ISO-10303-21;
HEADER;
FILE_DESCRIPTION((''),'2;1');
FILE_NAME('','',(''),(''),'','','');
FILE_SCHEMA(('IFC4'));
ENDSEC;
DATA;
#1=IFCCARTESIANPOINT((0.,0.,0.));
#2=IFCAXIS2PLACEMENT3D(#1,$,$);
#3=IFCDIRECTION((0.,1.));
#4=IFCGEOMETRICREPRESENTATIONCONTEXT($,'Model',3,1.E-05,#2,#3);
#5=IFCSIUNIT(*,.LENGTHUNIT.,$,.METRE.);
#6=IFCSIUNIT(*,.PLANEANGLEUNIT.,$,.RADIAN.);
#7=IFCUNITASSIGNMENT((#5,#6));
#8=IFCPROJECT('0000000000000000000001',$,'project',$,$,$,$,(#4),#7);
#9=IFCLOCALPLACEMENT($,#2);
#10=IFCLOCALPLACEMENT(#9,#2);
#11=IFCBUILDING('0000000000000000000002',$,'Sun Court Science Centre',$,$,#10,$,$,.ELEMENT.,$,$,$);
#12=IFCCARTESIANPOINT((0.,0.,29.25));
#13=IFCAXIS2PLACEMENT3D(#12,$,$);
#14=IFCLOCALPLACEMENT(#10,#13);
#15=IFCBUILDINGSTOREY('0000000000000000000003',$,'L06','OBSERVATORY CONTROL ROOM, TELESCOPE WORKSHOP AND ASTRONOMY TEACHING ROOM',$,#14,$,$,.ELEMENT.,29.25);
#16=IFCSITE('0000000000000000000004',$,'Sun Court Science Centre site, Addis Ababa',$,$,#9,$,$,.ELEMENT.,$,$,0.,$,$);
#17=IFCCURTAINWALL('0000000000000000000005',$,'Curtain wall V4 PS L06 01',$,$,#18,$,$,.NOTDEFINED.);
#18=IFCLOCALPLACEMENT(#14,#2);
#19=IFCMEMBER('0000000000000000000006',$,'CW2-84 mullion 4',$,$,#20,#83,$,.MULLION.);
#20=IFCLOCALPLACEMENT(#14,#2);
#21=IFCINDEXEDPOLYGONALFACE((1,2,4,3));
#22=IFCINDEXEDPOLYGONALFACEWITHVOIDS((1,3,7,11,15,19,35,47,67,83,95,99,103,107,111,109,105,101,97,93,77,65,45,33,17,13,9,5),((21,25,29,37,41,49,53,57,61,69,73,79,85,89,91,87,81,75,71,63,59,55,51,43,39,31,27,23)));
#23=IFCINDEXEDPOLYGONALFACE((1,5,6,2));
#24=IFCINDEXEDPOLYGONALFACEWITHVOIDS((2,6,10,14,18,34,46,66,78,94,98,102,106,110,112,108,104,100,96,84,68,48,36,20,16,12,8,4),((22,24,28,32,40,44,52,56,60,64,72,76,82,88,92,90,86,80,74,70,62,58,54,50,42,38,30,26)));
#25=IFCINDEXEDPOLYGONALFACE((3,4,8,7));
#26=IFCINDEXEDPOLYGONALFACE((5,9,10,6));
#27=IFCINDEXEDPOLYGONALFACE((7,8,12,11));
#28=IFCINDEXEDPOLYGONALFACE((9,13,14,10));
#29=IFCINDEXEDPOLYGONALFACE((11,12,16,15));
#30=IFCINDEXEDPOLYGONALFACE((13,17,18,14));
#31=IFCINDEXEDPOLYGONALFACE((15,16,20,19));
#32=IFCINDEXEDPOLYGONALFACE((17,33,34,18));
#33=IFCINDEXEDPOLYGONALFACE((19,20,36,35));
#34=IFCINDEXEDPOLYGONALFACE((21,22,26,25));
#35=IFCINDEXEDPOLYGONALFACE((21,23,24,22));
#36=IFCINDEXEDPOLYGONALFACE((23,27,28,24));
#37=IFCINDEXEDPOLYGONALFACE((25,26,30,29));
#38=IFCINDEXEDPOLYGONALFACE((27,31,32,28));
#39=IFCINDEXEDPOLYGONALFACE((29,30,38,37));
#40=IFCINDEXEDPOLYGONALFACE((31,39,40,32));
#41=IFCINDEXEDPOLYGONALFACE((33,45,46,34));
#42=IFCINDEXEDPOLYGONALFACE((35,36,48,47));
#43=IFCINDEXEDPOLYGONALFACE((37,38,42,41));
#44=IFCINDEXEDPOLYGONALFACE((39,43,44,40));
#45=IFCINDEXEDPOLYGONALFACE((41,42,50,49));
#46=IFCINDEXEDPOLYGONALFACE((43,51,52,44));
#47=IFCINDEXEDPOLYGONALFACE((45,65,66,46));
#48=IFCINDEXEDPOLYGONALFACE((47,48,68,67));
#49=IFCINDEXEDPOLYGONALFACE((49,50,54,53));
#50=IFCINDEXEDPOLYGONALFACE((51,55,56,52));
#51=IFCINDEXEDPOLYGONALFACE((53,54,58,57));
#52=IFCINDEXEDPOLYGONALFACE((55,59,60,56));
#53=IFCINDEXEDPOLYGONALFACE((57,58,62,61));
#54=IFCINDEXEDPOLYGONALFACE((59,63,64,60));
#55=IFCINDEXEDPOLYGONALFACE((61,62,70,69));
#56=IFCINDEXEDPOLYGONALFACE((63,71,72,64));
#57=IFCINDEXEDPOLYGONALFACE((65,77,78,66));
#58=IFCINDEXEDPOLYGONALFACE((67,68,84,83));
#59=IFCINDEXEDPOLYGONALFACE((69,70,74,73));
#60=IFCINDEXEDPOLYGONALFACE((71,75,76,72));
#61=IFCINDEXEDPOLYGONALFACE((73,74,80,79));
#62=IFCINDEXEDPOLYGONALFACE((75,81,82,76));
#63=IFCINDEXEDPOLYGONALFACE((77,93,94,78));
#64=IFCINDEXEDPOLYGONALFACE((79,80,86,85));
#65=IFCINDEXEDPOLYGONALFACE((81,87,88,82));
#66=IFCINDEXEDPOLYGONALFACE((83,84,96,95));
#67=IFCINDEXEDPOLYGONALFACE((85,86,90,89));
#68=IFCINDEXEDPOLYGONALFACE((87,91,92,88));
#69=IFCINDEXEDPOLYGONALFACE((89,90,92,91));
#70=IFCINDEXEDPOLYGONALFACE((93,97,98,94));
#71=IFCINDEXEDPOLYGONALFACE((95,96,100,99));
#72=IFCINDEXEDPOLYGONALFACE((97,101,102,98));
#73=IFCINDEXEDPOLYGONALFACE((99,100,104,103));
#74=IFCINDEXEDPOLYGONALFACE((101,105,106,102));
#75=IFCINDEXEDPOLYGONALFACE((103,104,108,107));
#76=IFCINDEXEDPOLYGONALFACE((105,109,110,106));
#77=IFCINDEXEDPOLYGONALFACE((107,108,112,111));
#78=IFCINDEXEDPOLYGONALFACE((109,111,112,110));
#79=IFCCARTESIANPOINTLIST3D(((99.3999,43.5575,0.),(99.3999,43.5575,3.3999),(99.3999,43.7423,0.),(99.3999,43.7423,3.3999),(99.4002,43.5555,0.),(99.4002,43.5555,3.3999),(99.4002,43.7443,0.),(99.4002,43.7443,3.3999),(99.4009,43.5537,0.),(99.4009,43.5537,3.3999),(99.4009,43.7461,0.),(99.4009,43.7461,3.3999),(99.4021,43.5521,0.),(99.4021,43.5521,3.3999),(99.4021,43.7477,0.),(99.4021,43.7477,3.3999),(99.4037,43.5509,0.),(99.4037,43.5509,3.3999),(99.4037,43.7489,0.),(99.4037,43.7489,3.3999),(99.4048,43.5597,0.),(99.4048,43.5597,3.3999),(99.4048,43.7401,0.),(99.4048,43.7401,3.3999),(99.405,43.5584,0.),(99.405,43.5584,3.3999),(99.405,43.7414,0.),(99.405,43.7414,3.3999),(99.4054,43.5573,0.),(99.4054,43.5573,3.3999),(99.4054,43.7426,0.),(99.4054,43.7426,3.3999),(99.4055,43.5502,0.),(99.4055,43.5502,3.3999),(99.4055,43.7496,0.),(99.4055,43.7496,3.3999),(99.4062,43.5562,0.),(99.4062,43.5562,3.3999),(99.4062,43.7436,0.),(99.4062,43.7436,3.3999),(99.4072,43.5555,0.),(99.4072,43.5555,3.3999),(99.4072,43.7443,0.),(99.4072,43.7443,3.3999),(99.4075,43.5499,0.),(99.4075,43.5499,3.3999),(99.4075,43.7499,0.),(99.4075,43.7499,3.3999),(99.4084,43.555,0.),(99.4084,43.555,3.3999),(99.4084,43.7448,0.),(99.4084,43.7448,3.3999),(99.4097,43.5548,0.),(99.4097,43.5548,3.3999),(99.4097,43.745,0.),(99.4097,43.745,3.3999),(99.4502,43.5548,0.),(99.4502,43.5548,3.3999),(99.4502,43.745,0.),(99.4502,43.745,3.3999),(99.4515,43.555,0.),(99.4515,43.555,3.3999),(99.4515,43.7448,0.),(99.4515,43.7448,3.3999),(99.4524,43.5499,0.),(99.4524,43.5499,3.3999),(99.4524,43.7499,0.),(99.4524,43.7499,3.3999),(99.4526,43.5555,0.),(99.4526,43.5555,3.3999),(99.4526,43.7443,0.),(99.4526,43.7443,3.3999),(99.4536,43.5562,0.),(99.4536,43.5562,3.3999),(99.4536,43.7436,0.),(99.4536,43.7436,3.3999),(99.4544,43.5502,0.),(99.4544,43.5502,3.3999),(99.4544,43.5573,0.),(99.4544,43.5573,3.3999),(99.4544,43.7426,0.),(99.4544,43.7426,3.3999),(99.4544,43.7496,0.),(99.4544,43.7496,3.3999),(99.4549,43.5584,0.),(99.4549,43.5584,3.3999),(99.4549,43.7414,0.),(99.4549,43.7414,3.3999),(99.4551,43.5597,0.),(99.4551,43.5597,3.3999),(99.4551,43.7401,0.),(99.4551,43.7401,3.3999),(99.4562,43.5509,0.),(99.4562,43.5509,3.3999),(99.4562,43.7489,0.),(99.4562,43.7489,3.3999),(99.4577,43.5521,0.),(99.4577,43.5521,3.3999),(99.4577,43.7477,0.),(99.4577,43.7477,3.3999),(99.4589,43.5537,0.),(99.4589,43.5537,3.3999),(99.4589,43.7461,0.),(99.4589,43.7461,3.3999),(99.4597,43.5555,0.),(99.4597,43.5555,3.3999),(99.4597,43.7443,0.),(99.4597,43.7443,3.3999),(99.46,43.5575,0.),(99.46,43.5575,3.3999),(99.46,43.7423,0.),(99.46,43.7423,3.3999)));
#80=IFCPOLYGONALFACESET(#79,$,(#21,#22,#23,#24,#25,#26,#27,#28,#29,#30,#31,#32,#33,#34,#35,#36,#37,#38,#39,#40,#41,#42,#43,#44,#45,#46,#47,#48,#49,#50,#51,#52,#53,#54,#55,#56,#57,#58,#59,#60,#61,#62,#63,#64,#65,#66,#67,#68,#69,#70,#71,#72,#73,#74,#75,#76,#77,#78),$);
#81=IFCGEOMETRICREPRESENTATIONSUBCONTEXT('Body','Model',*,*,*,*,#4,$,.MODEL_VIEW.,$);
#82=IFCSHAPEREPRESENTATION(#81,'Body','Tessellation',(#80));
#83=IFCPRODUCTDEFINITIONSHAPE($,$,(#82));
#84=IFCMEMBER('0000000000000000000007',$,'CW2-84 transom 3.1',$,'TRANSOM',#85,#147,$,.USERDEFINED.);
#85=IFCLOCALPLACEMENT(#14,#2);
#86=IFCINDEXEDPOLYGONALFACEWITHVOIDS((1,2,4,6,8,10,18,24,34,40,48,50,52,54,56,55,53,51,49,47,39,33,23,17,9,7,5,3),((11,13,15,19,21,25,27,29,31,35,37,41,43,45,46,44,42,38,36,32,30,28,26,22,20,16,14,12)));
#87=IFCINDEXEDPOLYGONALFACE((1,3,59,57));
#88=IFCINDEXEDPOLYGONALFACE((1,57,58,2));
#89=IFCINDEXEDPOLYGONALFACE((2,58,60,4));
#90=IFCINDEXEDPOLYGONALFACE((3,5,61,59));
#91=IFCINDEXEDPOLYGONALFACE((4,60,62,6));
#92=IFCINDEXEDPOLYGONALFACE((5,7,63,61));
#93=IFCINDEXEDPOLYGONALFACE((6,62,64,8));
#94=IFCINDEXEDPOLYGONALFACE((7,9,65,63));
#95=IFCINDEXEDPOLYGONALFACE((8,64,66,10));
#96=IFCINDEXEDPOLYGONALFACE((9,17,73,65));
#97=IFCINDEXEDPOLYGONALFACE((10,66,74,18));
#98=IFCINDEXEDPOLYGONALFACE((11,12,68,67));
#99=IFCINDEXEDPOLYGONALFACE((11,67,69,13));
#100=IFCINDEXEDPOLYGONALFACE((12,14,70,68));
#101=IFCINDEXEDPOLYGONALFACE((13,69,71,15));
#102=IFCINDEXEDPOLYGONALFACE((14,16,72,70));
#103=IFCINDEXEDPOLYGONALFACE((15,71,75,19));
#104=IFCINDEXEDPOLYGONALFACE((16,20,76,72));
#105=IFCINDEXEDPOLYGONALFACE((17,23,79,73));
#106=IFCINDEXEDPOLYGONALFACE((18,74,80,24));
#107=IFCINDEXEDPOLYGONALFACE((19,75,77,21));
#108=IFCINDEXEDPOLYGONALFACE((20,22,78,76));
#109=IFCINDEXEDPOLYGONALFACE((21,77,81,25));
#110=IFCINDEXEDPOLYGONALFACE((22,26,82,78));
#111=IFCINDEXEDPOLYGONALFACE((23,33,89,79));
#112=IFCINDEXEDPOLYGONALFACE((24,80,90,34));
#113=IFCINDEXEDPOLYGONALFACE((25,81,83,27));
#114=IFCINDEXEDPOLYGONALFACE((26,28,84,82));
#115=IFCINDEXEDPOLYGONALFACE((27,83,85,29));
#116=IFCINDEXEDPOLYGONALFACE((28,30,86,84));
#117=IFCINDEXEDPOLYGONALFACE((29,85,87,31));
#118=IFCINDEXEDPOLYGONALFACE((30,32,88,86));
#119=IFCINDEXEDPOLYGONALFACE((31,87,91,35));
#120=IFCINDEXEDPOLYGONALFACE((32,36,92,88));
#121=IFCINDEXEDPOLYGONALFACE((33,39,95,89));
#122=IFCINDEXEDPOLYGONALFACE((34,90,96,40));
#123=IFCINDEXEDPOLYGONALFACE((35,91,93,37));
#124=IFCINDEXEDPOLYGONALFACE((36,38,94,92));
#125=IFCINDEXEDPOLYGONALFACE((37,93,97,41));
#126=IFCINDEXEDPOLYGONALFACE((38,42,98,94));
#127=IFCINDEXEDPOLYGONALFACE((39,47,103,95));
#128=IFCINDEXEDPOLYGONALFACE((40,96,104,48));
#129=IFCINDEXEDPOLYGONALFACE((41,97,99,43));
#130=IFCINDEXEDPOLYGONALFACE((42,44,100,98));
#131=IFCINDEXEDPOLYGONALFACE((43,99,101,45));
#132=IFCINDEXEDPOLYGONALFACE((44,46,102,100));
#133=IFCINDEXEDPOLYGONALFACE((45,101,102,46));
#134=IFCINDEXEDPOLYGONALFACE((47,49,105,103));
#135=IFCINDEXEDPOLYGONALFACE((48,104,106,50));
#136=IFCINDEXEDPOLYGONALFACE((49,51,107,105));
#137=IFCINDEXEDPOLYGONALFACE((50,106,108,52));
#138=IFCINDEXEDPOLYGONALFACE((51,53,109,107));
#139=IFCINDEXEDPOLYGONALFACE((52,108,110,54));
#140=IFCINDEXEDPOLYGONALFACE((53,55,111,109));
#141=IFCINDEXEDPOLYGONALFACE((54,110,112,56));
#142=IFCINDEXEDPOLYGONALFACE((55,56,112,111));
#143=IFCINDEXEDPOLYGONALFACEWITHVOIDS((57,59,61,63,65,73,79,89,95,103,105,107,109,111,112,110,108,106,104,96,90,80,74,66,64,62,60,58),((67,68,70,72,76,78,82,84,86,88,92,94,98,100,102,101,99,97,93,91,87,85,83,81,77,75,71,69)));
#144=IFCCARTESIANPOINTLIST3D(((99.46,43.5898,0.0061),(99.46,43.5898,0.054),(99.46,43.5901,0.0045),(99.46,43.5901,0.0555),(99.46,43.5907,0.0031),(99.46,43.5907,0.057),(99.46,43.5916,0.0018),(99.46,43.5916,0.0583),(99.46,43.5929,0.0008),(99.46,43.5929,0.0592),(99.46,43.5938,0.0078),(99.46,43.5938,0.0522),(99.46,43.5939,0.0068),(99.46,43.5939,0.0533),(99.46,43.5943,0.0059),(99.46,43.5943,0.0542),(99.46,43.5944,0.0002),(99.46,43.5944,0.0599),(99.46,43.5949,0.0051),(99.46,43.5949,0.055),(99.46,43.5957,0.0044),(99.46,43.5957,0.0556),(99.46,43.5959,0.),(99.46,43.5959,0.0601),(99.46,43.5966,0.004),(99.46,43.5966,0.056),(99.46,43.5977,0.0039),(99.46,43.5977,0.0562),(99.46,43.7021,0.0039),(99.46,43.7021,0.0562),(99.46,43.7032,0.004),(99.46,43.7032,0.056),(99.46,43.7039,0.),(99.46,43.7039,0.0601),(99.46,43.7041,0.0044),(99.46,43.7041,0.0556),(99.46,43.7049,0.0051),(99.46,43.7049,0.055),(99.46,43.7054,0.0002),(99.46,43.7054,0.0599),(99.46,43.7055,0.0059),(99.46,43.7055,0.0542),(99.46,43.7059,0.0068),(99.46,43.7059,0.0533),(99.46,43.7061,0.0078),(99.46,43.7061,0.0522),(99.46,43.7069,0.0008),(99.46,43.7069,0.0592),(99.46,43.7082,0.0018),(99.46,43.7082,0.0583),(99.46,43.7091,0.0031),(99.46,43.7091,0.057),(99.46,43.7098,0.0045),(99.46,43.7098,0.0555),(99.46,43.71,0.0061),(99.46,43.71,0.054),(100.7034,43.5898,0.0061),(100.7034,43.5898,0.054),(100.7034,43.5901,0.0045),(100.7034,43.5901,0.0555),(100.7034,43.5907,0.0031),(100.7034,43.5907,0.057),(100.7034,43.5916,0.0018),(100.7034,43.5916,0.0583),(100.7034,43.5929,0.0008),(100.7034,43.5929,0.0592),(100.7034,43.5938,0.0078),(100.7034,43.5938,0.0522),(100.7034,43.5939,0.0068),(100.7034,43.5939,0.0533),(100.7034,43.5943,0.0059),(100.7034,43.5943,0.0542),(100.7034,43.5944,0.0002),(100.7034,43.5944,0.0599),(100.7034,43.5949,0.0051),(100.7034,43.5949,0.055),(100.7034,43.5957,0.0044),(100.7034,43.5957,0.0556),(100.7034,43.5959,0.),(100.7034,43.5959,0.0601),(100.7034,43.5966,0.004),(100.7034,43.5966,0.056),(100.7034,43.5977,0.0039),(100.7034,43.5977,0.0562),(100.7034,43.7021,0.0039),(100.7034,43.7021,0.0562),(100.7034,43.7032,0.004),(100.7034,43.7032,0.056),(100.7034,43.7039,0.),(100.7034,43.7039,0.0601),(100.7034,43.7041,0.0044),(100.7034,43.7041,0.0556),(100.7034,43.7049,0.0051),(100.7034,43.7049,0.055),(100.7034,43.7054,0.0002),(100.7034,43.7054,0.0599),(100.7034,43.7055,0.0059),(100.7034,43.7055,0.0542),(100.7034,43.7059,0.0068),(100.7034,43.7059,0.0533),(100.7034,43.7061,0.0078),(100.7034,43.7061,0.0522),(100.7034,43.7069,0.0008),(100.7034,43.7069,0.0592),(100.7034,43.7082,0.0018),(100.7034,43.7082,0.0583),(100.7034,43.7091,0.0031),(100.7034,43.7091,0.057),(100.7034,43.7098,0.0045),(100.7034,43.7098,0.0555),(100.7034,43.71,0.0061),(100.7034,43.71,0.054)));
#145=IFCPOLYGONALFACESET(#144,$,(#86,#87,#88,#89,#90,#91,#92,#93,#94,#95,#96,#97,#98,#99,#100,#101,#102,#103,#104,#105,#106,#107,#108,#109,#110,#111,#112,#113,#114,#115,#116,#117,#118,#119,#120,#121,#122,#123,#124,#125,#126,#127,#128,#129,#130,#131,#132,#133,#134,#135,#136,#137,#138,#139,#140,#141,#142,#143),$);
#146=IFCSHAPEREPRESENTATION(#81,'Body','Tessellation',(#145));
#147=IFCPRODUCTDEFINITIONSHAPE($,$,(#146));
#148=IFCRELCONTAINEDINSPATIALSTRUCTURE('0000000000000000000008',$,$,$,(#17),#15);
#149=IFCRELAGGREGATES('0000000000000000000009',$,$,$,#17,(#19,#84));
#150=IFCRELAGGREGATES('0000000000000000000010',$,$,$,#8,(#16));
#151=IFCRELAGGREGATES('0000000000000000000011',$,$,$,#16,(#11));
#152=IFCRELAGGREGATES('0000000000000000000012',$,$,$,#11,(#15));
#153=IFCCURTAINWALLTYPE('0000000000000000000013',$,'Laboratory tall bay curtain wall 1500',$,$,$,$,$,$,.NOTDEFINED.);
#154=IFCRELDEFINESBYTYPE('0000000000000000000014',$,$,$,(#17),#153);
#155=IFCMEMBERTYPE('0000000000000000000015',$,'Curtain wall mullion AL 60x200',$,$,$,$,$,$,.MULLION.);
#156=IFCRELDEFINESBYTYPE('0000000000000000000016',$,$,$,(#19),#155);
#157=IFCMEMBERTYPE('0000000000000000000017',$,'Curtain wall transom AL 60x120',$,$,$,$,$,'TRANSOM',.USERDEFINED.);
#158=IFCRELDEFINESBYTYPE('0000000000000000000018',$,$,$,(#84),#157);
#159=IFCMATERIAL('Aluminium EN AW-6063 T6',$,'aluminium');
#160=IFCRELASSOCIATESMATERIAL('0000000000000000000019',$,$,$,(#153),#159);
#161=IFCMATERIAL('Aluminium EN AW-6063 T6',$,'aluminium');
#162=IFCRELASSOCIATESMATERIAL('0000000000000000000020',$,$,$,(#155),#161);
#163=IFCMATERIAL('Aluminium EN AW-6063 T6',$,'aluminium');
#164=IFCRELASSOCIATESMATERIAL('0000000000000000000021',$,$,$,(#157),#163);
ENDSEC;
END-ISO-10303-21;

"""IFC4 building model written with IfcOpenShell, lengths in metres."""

from ifc_helpers import new_model, si_unit, direction, frame, origin, origin_2d, place, context, subcontext, project, spatial, hollow_rectangle, extrude, material, material_profile, profile_set, type_object, element, aggregate, save


model = new_model("IFC4")

# Units and contexts
model_context = context("Model", 3, precision=1e-05, world=origin(), true_north=direction((0.0, 1.0)))
body_context = subcontext(model_context, "Body", "Model", "MODEL_VIEW")
ifc_project = project(units=[si_unit("LENGTHUNIT", "METRE"), si_unit("PLANEANGLEUNIT", "RADIAN")], contexts=[model_context])

# Site, building, storey
site_placement = place(None, origin())
site = spatial("IfcSite", under=ifc_project, at=site_placement, Name="Sun Court Science Centre site, Addis Ababa", CompositionType="ELEMENT", RefElevation=0.0)
building_placement = place(site_placement, origin())
building = spatial("IfcBuilding", under=site, at=building_placement, Name="Sun Court Science Centre", CompositionType="ELEMENT")
storey_placement = place(building_placement, frame((0.0, 0.0, 29.25)))
storey = spatial("IfcBuildingStorey", under=building, at=storey_placement, Name="L06", Description="OBSERVATORY CONTROL ROOM, TELESCOPE WORKSHOP AND ASTRONOMY TEACHING ROOM", CompositionType="ELEMENT", Elevation=29.25)

# Curtain wall, members
ifc_material_1 = material(Name="Aluminium EN AW-6063 T6", Category="aluminium")
curtain_wall_type = type_object("IfcCurtainWallType", Name="Laboratory tall bay curtain wall 1500", PredefinedType="NOTDEFINED", material=ifc_material_1)
curtain_wall_placement = place(storey_placement, origin())
curtain_wall = element("IfcCurtainWall", 1, at=curtain_wall_placement, inside=storey, type_object=curtain_wall_type, Name="Curtain wall V4 PS L06 01", PredefinedType="NOTDEFINED")
ifc_material_2 = material(Name="Aluminium EN AW-6063 T6", Category="aluminium")
ifc_material_profile_1 = material_profile(ifc_material_2, hollow_rectangle(XDim=0.0601, YDim=0.2, WallThickness=0.0049, InnerFilletRadius=0.0049, OuterFilletRadius=0.0076, at=origin_2d()), Name="AL 60x200x5")
ifc_profile_set_1 = profile_set([ifc_material_profile_1], Name="Aluminium EN AW-6063 T6")
member_type_1 = type_object("IfcMemberType", Name="Curtain wall mullion AL 60x200", PredefinedType="MULLION", material=ifc_profile_set_1)
member_1_placement = place(storey_placement, frame((99.4299, 43.6499, 0.0), z_axis=(0.0, 0.0, 1.0), x_axis=(-1.0, 0.0, 0.0)))
member_1 = element("IfcMember", 2, at=member_1_placement, type_object=member_type_1, Name="CW2-84 mullion 4", PredefinedType="MULLION", context=body_context, shape_type="SweptSolid", body=[
    extrude(hollow_rectangle(XDim=0.0601, YDim=0.2, WallThickness=0.0049, InnerFilletRadius=0.0049, OuterFilletRadius=0.0076, at=origin_2d()), origin(), (0.0, 0.0, 1.0), 3.3999),
])
ifc_material_3 = material(Name="Aluminium EN AW-6063 T6", Category="aluminium")
ifc_material_profile_2 = material_profile(ifc_material_3, hollow_rectangle(XDim=0.0601, YDim=0.1201, WallThickness=0.0039, InnerFilletRadius=0.0039, OuterFilletRadius=0.0061, at=origin_2d()), Name="AL 60x120x4")
ifc_profile_set_2 = profile_set([ifc_material_profile_2], Name="Aluminium EN AW-6063 T6")
member_type_2 = type_object("IfcMemberType", Name="Curtain wall transom AL 60x120", ElementType="TRANSOM", PredefinedType="USERDEFINED", material=ifc_profile_set_2)
member_2_placement = place(storey_placement, frame((100.7034, 43.6499, 0.03), z_axis=(-1.0, 0.0, 0.0), x_axis=(0.0, 0.0, 1.0)))
member_2 = element("IfcMember", 3, at=member_2_placement, type_object=member_type_2, Name="CW2-84 transom 3.1", ObjectType="TRANSOM", PredefinedType="USERDEFINED", context=body_context, shape_type="SweptSolid", body=[
    extrude(hollow_rectangle(XDim=0.0601, YDim=0.1201, WallThickness=0.0039, InnerFilletRadius=0.0039, OuterFilletRadius=0.0061, at=origin_2d()), origin(), (0.0, 0.0, 1.0), 1.2434),
])

aggregate(curtain_wall, [member_1, member_2])

save(model, "model.ifc")
